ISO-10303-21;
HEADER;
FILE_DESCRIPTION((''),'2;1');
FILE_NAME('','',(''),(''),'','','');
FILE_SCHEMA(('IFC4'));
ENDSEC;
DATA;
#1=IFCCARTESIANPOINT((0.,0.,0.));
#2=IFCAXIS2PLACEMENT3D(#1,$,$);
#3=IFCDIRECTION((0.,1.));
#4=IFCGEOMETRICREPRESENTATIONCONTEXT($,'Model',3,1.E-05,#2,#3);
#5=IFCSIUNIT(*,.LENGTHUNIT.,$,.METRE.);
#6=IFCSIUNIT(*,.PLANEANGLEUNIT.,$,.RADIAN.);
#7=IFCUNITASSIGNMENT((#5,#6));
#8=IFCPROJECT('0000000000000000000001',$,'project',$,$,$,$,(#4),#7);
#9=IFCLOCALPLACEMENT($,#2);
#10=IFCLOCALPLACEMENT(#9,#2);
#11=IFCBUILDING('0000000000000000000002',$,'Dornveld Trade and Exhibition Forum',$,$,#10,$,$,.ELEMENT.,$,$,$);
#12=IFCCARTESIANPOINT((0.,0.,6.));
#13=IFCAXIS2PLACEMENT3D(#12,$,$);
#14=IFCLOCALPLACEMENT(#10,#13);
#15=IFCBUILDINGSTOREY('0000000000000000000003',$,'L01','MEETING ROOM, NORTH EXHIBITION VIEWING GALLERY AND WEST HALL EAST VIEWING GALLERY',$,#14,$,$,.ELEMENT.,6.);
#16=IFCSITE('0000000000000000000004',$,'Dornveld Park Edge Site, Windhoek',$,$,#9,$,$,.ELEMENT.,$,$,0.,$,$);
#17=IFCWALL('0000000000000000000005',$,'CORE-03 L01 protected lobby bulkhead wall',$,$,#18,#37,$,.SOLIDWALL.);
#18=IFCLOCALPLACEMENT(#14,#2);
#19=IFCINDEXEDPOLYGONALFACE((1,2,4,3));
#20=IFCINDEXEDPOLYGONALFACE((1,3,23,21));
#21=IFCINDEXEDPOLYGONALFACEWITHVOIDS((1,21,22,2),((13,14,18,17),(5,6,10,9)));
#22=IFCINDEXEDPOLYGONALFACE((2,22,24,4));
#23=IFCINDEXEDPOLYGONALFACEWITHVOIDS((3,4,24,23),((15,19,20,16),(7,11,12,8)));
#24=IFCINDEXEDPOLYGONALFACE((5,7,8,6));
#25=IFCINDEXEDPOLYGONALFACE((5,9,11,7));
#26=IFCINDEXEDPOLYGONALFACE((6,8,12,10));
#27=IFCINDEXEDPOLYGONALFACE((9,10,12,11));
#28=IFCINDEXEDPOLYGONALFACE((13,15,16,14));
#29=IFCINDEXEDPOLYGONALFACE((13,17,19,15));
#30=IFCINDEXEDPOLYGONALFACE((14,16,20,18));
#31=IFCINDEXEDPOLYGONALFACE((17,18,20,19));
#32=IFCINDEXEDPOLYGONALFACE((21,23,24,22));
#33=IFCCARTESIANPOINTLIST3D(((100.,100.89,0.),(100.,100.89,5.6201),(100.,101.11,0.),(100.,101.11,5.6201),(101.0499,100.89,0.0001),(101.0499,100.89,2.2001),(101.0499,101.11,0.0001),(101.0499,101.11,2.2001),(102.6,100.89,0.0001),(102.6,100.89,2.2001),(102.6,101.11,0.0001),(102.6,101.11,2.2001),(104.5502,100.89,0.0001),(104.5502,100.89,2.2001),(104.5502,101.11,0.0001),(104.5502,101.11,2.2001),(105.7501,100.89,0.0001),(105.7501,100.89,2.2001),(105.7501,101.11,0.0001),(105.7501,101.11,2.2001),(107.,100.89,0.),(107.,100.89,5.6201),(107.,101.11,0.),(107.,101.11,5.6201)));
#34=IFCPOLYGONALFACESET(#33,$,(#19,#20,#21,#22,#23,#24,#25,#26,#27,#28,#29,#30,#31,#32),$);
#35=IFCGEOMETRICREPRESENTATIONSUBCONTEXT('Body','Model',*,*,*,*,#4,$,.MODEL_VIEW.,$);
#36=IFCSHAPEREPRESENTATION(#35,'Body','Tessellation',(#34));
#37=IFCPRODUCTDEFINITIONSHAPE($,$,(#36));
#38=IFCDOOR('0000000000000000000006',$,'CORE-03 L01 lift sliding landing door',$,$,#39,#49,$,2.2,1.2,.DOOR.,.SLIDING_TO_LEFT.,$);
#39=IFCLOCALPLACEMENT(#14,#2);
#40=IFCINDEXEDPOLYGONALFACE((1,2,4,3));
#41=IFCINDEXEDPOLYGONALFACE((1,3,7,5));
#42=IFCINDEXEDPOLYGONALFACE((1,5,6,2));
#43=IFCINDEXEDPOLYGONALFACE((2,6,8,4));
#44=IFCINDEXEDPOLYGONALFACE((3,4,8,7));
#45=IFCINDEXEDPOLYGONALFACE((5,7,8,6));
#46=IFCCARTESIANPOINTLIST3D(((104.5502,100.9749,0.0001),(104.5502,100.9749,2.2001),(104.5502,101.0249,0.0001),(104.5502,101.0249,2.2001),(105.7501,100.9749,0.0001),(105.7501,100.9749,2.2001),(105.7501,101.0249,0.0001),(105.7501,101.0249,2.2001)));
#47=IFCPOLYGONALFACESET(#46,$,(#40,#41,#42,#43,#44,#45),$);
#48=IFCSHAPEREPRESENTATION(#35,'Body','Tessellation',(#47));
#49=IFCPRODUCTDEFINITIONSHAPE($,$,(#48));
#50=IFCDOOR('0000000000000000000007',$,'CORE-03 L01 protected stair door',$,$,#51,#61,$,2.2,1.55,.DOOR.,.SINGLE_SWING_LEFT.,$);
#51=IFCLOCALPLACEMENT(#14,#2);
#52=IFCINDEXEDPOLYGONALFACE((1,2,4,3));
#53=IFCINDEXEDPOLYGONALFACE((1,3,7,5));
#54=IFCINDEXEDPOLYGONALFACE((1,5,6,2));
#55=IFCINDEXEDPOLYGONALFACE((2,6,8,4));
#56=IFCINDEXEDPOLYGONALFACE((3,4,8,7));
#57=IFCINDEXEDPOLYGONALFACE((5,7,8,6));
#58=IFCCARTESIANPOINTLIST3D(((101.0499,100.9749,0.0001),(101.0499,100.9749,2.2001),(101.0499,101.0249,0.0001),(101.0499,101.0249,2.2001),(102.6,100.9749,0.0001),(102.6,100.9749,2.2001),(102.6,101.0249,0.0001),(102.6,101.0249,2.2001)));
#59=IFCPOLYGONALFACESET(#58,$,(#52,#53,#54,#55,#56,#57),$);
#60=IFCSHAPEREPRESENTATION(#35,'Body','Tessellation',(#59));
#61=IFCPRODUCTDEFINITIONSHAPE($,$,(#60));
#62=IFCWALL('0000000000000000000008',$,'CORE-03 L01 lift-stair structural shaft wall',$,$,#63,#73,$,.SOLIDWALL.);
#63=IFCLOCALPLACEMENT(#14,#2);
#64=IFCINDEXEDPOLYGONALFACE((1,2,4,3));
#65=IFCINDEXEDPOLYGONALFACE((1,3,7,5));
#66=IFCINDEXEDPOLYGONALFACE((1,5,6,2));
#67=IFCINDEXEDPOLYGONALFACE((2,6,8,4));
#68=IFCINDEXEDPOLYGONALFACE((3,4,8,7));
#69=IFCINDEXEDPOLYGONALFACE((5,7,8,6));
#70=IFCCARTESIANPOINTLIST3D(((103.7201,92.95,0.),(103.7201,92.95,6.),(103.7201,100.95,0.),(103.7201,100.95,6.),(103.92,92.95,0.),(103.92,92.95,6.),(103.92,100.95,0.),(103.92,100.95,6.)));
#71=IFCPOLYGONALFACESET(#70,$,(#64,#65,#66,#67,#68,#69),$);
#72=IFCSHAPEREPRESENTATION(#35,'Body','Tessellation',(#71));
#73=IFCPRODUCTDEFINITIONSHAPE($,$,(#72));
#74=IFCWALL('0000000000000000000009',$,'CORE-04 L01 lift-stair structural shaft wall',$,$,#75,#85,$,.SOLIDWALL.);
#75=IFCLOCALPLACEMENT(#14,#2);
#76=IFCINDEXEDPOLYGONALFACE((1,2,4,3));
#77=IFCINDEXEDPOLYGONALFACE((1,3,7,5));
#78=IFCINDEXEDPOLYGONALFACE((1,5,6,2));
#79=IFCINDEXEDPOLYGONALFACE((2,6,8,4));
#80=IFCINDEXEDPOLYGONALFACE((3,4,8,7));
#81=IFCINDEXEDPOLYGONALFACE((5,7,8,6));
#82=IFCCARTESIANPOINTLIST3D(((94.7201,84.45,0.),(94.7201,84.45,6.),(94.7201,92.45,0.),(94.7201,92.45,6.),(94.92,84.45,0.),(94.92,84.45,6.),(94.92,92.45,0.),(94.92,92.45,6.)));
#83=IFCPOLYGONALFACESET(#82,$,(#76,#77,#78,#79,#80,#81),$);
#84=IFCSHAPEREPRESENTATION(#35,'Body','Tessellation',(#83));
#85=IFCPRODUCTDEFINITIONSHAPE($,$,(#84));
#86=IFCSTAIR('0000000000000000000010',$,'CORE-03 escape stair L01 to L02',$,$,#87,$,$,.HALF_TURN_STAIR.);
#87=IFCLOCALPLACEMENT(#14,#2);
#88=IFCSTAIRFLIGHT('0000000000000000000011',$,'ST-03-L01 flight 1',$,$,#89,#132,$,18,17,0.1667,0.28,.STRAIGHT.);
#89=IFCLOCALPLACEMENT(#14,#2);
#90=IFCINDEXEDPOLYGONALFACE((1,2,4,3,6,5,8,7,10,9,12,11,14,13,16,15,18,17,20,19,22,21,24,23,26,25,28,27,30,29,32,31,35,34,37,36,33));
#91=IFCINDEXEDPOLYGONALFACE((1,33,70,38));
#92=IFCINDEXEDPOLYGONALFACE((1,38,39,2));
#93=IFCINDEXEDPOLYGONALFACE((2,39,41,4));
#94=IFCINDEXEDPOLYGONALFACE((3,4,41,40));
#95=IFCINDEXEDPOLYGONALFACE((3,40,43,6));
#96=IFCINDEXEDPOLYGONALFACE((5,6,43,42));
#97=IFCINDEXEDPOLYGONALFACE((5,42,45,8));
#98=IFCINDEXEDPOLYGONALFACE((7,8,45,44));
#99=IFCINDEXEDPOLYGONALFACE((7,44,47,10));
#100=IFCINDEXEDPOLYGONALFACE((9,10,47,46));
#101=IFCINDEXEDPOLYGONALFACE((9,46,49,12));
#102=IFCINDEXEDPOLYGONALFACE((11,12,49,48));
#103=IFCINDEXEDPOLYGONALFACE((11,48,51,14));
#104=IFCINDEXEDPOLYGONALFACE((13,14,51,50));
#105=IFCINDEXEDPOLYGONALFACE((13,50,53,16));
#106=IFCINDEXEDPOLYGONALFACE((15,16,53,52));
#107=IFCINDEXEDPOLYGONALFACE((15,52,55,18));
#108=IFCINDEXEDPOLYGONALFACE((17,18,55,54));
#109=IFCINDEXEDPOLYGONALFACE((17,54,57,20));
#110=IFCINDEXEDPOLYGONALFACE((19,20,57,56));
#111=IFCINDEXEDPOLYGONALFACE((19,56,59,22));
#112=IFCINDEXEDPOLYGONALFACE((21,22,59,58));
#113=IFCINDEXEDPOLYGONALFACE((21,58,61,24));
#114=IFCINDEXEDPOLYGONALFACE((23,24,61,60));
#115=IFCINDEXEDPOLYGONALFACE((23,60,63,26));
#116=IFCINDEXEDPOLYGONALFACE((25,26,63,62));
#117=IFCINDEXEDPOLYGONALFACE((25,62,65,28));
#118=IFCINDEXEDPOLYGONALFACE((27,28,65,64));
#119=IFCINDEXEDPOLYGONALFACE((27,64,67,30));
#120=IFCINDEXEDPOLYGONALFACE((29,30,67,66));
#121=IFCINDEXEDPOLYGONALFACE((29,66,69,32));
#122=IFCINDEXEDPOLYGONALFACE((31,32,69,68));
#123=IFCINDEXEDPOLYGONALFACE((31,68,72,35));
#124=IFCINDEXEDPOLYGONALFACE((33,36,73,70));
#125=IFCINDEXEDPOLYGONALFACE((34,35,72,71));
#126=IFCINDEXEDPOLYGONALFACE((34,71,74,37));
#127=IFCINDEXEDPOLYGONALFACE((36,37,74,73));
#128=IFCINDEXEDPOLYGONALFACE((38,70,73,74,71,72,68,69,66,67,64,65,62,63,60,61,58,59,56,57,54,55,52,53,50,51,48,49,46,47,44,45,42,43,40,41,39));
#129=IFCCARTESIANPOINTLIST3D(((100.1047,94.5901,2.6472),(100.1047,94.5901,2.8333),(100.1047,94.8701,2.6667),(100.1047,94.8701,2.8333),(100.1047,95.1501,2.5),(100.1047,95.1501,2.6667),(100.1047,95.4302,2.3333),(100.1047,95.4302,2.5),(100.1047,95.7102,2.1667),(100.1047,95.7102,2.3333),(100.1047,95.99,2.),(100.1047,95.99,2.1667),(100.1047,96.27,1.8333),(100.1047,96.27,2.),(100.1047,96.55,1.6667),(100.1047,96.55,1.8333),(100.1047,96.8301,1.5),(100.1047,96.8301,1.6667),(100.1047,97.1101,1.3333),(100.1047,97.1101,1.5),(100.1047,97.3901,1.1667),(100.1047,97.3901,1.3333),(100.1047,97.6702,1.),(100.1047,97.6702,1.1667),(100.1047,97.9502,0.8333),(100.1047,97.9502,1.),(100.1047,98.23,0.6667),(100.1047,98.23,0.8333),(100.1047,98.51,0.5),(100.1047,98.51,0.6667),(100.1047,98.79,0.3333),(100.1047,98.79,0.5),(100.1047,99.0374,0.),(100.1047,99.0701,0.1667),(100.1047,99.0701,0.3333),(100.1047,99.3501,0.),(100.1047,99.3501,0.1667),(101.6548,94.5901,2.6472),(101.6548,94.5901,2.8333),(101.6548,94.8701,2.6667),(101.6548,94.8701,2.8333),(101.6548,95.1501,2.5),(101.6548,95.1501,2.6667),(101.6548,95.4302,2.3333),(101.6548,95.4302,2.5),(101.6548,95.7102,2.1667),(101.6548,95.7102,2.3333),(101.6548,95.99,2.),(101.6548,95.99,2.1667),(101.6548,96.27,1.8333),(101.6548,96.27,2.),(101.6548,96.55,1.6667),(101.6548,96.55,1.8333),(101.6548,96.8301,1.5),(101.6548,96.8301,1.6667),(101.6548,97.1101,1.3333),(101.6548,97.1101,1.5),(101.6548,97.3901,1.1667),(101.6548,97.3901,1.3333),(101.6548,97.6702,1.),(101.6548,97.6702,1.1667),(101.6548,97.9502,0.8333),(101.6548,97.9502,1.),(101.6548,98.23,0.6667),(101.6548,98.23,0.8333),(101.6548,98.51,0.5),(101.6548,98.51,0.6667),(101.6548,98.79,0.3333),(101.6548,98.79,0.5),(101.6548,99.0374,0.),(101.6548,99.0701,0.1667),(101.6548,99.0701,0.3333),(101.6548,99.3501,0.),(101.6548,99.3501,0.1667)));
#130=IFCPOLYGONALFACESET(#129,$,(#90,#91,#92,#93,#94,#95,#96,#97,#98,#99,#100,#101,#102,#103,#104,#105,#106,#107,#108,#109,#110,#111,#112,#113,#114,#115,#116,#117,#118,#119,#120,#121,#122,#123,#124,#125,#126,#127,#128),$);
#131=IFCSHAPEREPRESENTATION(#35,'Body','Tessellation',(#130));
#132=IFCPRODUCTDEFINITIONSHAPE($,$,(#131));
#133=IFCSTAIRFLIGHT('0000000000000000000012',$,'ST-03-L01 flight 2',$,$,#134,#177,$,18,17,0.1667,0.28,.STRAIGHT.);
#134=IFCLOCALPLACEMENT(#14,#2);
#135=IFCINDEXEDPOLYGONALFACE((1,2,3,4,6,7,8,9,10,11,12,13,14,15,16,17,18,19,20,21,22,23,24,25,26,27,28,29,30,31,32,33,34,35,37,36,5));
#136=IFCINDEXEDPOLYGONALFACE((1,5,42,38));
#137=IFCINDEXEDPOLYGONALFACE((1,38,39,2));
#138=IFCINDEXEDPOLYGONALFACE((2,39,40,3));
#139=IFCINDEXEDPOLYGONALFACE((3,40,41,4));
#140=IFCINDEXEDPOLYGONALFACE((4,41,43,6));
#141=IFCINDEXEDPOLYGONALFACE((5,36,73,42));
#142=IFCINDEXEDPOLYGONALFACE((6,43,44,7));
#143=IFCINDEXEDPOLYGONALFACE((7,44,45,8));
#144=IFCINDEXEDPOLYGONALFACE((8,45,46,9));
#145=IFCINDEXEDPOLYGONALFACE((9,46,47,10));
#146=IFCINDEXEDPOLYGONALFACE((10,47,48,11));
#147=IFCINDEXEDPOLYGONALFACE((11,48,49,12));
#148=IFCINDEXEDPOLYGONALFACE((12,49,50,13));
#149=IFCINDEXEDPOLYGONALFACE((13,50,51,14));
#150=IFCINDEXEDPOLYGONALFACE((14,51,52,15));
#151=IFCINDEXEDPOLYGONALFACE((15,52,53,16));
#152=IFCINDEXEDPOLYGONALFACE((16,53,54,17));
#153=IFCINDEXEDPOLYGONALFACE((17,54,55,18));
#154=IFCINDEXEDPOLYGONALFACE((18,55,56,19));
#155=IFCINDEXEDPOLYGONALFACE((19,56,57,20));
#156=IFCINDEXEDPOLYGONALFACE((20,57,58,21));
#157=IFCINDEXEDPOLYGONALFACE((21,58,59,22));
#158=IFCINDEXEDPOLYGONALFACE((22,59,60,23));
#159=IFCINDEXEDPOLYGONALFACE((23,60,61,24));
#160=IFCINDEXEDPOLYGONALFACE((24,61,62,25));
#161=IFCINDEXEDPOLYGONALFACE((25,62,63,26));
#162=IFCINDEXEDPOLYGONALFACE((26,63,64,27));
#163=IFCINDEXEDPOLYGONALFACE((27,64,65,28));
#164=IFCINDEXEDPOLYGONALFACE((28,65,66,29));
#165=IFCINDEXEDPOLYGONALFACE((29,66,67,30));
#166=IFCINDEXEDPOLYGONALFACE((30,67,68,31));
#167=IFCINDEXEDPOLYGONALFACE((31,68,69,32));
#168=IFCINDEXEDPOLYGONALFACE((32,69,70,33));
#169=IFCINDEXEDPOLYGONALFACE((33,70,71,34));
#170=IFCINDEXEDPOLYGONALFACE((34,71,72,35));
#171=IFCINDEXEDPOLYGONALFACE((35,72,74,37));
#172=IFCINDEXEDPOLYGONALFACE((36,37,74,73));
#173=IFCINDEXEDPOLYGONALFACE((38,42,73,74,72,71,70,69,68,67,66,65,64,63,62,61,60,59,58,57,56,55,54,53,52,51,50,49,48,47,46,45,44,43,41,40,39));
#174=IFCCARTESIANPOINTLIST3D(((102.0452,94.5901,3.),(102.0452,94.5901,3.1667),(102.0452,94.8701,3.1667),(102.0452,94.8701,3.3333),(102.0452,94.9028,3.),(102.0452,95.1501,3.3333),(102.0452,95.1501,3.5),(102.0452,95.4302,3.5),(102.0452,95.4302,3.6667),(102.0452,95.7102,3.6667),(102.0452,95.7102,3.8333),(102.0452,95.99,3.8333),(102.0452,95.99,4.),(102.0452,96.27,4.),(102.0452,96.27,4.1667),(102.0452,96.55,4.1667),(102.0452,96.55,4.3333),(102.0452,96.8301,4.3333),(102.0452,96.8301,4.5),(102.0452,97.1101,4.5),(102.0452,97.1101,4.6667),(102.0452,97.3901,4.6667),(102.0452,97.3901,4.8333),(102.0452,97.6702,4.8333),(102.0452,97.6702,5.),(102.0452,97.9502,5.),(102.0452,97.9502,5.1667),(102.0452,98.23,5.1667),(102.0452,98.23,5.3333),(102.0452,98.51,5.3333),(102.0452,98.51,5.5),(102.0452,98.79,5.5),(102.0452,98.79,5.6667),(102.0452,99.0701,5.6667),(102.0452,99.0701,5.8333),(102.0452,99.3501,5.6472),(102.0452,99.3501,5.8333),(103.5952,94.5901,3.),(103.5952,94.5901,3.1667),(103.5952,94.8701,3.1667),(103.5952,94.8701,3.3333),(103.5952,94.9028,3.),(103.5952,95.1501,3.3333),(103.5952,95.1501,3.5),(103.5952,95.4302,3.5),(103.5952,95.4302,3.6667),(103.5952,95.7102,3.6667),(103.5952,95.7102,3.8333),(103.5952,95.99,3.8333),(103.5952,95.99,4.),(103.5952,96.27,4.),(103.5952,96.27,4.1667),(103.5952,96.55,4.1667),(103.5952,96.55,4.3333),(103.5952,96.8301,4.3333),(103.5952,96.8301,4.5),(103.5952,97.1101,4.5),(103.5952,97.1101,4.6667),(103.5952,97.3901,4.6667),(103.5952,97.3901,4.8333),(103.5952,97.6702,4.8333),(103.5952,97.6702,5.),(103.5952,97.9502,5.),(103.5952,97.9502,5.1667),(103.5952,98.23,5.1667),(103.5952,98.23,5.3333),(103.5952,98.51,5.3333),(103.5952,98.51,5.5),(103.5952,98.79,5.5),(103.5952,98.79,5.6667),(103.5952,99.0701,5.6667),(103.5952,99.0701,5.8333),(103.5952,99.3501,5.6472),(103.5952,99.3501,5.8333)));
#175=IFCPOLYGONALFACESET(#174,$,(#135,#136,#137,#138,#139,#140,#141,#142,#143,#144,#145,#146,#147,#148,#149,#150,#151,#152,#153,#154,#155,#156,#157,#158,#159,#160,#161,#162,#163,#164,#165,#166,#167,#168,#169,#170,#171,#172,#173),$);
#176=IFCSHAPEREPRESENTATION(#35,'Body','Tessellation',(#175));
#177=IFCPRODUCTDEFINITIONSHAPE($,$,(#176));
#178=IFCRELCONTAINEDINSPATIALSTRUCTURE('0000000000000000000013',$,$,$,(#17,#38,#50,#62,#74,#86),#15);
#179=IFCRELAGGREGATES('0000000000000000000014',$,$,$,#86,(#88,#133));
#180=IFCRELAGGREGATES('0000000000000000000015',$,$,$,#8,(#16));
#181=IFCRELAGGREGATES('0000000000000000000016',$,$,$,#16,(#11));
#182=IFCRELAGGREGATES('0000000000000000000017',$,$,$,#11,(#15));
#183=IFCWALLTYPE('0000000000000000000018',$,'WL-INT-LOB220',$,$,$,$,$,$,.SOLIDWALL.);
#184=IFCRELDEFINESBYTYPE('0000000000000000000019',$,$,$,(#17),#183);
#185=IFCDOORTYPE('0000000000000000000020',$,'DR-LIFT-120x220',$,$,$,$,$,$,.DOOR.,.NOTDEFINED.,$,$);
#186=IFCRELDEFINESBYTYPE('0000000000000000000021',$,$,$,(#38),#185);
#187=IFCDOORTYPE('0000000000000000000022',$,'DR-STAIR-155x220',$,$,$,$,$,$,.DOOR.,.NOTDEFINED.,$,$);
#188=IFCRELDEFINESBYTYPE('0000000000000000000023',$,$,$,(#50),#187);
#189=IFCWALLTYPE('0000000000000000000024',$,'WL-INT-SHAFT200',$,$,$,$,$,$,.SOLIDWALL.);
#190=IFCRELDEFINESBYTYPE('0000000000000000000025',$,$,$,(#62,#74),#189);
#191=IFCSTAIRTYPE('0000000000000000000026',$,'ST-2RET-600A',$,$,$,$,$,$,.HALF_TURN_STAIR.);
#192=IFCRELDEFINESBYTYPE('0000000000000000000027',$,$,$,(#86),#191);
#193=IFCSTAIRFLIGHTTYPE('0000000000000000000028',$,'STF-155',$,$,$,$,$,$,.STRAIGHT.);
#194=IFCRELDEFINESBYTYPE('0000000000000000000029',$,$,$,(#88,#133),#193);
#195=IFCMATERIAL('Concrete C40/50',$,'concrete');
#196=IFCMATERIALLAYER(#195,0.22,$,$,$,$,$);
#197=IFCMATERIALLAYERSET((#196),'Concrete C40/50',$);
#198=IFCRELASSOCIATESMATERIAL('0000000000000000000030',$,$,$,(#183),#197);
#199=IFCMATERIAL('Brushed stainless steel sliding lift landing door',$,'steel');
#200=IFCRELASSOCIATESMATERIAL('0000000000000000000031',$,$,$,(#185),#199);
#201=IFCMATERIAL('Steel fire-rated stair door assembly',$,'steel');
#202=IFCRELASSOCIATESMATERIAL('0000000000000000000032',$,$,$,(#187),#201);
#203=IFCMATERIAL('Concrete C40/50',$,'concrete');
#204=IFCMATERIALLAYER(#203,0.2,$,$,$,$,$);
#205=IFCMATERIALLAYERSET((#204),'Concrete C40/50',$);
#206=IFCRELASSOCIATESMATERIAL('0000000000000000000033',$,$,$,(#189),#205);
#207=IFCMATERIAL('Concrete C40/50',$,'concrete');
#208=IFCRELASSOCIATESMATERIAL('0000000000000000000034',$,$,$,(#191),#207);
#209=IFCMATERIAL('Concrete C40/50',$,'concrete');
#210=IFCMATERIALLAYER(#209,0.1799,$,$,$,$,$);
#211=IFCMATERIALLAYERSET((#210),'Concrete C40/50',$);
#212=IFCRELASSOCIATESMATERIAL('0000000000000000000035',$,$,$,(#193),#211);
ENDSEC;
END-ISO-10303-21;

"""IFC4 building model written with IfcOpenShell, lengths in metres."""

from ifc_helpers import new_model, si_unit, direction, frame, frame_2d, origin, place, context, subcontext, project, spatial, polyline, rectangle, outline, extrude, material, layer, layer_set, type_object, element, fill, aggregate, save


model = new_model("IFC4")

# Units and contexts
model_context = context("Model", 3, precision=1e-05, world=origin(), true_north=direction((0.0, 1.0)))
body_context = subcontext(model_context, "Body", "Model", "MODEL_VIEW")
ifc_project = project(units=[si_unit("LENGTHUNIT", "METRE"), si_unit("PLANEANGLEUNIT", "RADIAN")], contexts=[model_context])

# Site, building, storey
site_placement = place(None, origin())
site = spatial("IfcSite", under=ifc_project, at=site_placement, Name="Dornveld Park Edge Site, Windhoek", CompositionType="ELEMENT", RefElevation=0.0)
building_placement = place(site_placement, origin())
building = spatial("IfcBuilding", under=site, at=building_placement, Name="Dornveld Trade and Exhibition Forum", CompositionType="ELEMENT")
storey_placement = place(building_placement, frame((0.0, 0.0, 6.0)))
storey = spatial("IfcBuildingStorey", under=building, at=storey_placement, Name="L01", Description="MEETING ROOM, NORTH EXHIBITION VIEWING GALLERY AND WEST HALL EAST VIEWING GALLERY", CompositionType="ELEMENT", Elevation=6.0)

# Wall, openings, doors
ifc_material_1 = material(Name="Concrete C40/50", Category="concrete")
ifc_layer_1 = layer(ifc_material_1, 0.22)
ifc_layer_set_1 = layer_set([ifc_layer_1], Name="Concrete C40/50")
wall_type_1 = type_object("IfcWallType", Name="WL-INT-LOB220", PredefinedType="SOLIDWALL", material=ifc_layer_set_1)
wall_1_placement = place(storey_placement, frame((100.0, 101.0, 0.0), z_axis=(0.0, 0.0, 1.0), x_axis=(1.0, 0.0, 0.0)))
wall_1 = element("IfcWall", 1, at=wall_1_placement, inside=storey, type_object=wall_type_1, Name="CORE-03 L01 protected lobby bulkhead wall", PredefinedType="SOLIDWALL", context=body_context, shape_type="SweptSolid", body=[
    extrude(rectangle(XDim=7.0, YDim=0.22, at=frame_2d((3.5, 0.0))), origin(), (0.0, 0.0, 1.0), 5.6201),
])
opening_1_placement = place(wall_1_placement, frame((1.05, 0.0, 0.0)))
opening_1 = element("IfcOpeningElement", 2, at=opening_1_placement, cuts=wall_1, PredefinedType="OPENING", context=body_context, shape_type="SweptSolid", body=[
    extrude(rectangle(XDim=1.55, YDim=2.2, at=frame_2d((0.7749, 1.1001))), frame((0.0, 0.1199, 0.0), z_axis=(0.0, -1.0, 0.0), x_axis=(1.0, 0.0, 0.0)), (0.0, 0.0, 1.0), 0.24),
])
opening_2_placement = place(wall_1_placement, frame((4.55, 0.0, 0.0)))
opening_2 = element("IfcOpeningElement", 3, at=opening_2_placement, cuts=wall_1, PredefinedType="OPENING", context=body_context, shape_type="SweptSolid", body=[
    extrude(rectangle(XDim=1.2, YDim=2.2, at=frame_2d((0.6001, 1.1001))), frame((0.0, 0.1199, 0.0), z_axis=(0.0, -1.0, 0.0), x_axis=(1.0, 0.0, 0.0)), (0.0, 0.0, 1.0), 0.24),
])
ifc_material_2 = material(Name="Brushed stainless steel sliding lift landing door", Category="steel")
door_type_1 = type_object("IfcDoorType", Name="DR-LIFT-120x220", OperationType="NOTDEFINED", PredefinedType="DOOR", material=ifc_material_2)
door_1_placement = place(opening_2_placement, origin())
door_1 = element("IfcDoor", 4, at=door_1_placement, inside=storey, type_object=door_type_1, Name="CORE-03 L01 lift sliding landing door", OperationType="SLIDING_TO_LEFT", OverallHeight=2.2, OverallWidth=1.2, PredefinedType="DOOR", context=body_context, shape_type="SweptSolid", body=[
    extrude(rectangle(XDim=1.2, YDim=2.2, at=frame_2d((0.6001, 1.1001))), frame((0.0, 0.0249, 0.0), z_axis=(0.0, -1.0, 0.0), x_axis=(1.0, 0.0, 0.0)), (0.0, 0.0, 1.0), 0.05),
])
fill(opening_2, door_1)
ifc_material_3 = material(Name="Steel fire-rated stair door assembly", Category="steel")
door_type_2 = type_object("IfcDoorType", Name="DR-STAIR-155x220", OperationType="NOTDEFINED", PredefinedType="DOOR", material=ifc_material_3)
door_2_placement = place(opening_1_placement, origin())
door_2 = element("IfcDoor", 5, at=door_2_placement, inside=storey, type_object=door_type_2, Name="CORE-03 L01 protected stair door", OperationType="SINGLE_SWING_LEFT", OverallHeight=2.2, OverallWidth=1.55, PredefinedType="DOOR", context=body_context, shape_type="SweptSolid", body=[
    extrude(rectangle(XDim=1.55, YDim=2.2, at=frame_2d((0.7749, 1.1001))), frame((0.0, 0.0249, 0.0), z_axis=(0.0, -1.0, 0.0), x_axis=(1.0, 0.0, 0.0)), (0.0, 0.0, 1.0), 0.05),
])
fill(opening_1, door_2)

# Walls
ifc_material_4 = material(Name="Concrete C40/50", Category="concrete")
ifc_layer_2 = layer(ifc_material_4, 0.2)
ifc_layer_set_2 = layer_set([ifc_layer_2], Name="Concrete C40/50")
wall_type_2 = type_object("IfcWallType", Name="WL-INT-SHAFT200", PredefinedType="SOLIDWALL", material=ifc_layer_set_2)
for number, where, z_axis, x_axis, name in (
    (6, (103.8201, 92.95, 0.0), (0.0, 0.0, 1.0), (0.0, 1.0, 0.0), "CORE-03 L01 lift-stair structural shaft wall"),
    (7, (94.8201, 84.45, 0.0), (0.0, 0.0, 1.0), (0.0, 1.0, 0.0), "CORE-04 L01 lift-stair structural shaft wall"),
):
    element("IfcWall", number, at=place(storey_placement, frame(where, z_axis=z_axis, x_axis=x_axis)), inside=storey, type_object=wall_type_2, Name=name, PredefinedType="SOLIDWALL", context=body_context, shape_type="SweptSolid", body=[
        extrude(rectangle(XDim=8.0, YDim=0.2, at=frame_2d((4.0, 0.0))), origin(), (0.0, 0.0, 1.0), 6.0),
    ])

# Stair, stair flights
ifc_material_5 = material(Name="Concrete C40/50", Category="concrete")
stair_type_1 = type_object("IfcStairType", Name="ST-2RET-600A", PredefinedType="HALF_TURN_STAIR", material=ifc_material_5)
stair_1_placement = place(storey_placement, origin())
stair_1 = element("IfcStair", 8, at=stair_1_placement, inside=storey, type_object=stair_type_1, Name="CORE-03 escape stair L01 to L02", PredefinedType="HALF_TURN_STAIR")
ifc_material_6 = material(Name="Concrete C40/50", Category="concrete")
ifc_layer_3 = layer(ifc_material_6, 0.1799)
ifc_layer_set_3 = layer_set([ifc_layer_3], Name="Concrete C40/50")
stair_flight_type_1 = type_object("IfcStairFlightType", Name="STF-155", PredefinedType="STRAIGHT", material=ifc_layer_set_3)
stair_flight_1_placement = place(storey_placement, frame((100.8799, 99.3501, 0.0), z_axis=(0.0, 0.0, 1.0), x_axis=(0.0, -1.0, 0.0)))
stair_flight_1 = element("IfcStairFlight", 9, at=stair_flight_1_placement, type_object=stair_flight_type_1, Name="ST-03-L01 flight 1", NumberOfRisers=18, NumberOfTreads=17, PredefinedType="STRAIGHT", RiserHeight=0.1667, TreadLength=0.28, context=body_context, shape_type="SweptSolid", body=[
    extrude(outline(polyline([(0.0, 0.0), (0.0, 0.1667), (0.28, 0.1667), (0.28, 0.3333), (0.5601, 0.3333), (0.5601, 0.5), (0.8401, 0.5), (0.8401, 0.6667), (1.1201, 0.6667), (1.1201, 0.8333), (1.3999, 0.8333), (1.3999, 1.0), (1.6799, 1.0), (1.6799, 1.1667), (1.96, 1.1667), (1.96, 1.3333), (2.24, 1.3333), (2.24, 1.5), (2.52, 1.5), (2.52, 1.6667), (2.8, 1.6667), (2.8, 1.8333), (3.0801, 1.8333), (3.0801, 2.0), (3.3601, 2.0), (3.3601, 2.1667), (3.6399, 2.1667), (3.6399, 2.3333), (3.9199, 2.3333), (3.9199, 2.5), (4.2, 2.5), (4.2, 2.6667), (4.48, 2.6667), (4.48, 2.8333), (4.76, 2.8333), (4.76, 3.0), (4.76, 2.6472), (0.3127, 0.0), (0.0, 0.0)])), frame((0.0, 0.7749, 0.0), z_axis=(0.0, -1.0, 0.0), x_axis=(1.0, 0.0, 0.0)), (0.0, 0.0, 1.0), 1.55),
])
stair_flight_2_placement = place(storey_placement, frame((102.8201, 94.5901, 3.0), z_axis=(0.0, 0.0, 1.0), x_axis=(0.0, 1.0, 0.0)))
stair_flight_2 = element("IfcStairFlight", 10, at=stair_flight_2_placement, type_object=stair_flight_type_1, Name="ST-03-L01 flight 2", NumberOfRisers=18, NumberOfTreads=17, PredefinedType="STRAIGHT", RiserHeight=0.1667, TreadLength=0.28, context=body_context, shape_type="SweptSolid", body=[
    extrude(outline(polyline([(0.0, 0.0), (0.0, 0.1667), (0.28, 0.1667), (0.28, 0.3333), (0.5601, 0.3333), (0.5601, 0.5), (0.8401, 0.5), (0.8401, 0.6667), (1.1201, 0.6667), (1.1201, 0.8333), (1.3999, 0.8333), (1.3999, 1.0), (1.6799, 1.0), (1.6799, 1.1667), (1.96, 1.1667), (1.96, 1.3333), (2.24, 1.3333), (2.24, 1.5), (2.52, 1.5), (2.52, 1.6667), (2.8, 1.6667), (2.8, 1.8333), (3.0801, 1.8333), (3.0801, 2.0), (3.3601, 2.0), (3.3601, 2.1667), (3.6399, 2.1667), (3.6399, 2.3333), (3.9199, 2.3333), (3.9199, 2.5), (4.2, 2.5), (4.2, 2.6667), (4.48, 2.6667), (4.48, 2.8333), (4.76, 2.8333), (4.76, 3.0), (4.76, 2.6472), (0.3127, 0.0), (0.0, 0.0)])), frame((0.0, 0.7749, 0.0), z_axis=(0.0, -1.0, 0.0), x_axis=(1.0, 0.0, 0.0)), (0.0, 0.0, 1.0), 1.55),
])
aggregate(stair_1, [stair_flight_1, stair_flight_2])

save(model, "model.ifc")
